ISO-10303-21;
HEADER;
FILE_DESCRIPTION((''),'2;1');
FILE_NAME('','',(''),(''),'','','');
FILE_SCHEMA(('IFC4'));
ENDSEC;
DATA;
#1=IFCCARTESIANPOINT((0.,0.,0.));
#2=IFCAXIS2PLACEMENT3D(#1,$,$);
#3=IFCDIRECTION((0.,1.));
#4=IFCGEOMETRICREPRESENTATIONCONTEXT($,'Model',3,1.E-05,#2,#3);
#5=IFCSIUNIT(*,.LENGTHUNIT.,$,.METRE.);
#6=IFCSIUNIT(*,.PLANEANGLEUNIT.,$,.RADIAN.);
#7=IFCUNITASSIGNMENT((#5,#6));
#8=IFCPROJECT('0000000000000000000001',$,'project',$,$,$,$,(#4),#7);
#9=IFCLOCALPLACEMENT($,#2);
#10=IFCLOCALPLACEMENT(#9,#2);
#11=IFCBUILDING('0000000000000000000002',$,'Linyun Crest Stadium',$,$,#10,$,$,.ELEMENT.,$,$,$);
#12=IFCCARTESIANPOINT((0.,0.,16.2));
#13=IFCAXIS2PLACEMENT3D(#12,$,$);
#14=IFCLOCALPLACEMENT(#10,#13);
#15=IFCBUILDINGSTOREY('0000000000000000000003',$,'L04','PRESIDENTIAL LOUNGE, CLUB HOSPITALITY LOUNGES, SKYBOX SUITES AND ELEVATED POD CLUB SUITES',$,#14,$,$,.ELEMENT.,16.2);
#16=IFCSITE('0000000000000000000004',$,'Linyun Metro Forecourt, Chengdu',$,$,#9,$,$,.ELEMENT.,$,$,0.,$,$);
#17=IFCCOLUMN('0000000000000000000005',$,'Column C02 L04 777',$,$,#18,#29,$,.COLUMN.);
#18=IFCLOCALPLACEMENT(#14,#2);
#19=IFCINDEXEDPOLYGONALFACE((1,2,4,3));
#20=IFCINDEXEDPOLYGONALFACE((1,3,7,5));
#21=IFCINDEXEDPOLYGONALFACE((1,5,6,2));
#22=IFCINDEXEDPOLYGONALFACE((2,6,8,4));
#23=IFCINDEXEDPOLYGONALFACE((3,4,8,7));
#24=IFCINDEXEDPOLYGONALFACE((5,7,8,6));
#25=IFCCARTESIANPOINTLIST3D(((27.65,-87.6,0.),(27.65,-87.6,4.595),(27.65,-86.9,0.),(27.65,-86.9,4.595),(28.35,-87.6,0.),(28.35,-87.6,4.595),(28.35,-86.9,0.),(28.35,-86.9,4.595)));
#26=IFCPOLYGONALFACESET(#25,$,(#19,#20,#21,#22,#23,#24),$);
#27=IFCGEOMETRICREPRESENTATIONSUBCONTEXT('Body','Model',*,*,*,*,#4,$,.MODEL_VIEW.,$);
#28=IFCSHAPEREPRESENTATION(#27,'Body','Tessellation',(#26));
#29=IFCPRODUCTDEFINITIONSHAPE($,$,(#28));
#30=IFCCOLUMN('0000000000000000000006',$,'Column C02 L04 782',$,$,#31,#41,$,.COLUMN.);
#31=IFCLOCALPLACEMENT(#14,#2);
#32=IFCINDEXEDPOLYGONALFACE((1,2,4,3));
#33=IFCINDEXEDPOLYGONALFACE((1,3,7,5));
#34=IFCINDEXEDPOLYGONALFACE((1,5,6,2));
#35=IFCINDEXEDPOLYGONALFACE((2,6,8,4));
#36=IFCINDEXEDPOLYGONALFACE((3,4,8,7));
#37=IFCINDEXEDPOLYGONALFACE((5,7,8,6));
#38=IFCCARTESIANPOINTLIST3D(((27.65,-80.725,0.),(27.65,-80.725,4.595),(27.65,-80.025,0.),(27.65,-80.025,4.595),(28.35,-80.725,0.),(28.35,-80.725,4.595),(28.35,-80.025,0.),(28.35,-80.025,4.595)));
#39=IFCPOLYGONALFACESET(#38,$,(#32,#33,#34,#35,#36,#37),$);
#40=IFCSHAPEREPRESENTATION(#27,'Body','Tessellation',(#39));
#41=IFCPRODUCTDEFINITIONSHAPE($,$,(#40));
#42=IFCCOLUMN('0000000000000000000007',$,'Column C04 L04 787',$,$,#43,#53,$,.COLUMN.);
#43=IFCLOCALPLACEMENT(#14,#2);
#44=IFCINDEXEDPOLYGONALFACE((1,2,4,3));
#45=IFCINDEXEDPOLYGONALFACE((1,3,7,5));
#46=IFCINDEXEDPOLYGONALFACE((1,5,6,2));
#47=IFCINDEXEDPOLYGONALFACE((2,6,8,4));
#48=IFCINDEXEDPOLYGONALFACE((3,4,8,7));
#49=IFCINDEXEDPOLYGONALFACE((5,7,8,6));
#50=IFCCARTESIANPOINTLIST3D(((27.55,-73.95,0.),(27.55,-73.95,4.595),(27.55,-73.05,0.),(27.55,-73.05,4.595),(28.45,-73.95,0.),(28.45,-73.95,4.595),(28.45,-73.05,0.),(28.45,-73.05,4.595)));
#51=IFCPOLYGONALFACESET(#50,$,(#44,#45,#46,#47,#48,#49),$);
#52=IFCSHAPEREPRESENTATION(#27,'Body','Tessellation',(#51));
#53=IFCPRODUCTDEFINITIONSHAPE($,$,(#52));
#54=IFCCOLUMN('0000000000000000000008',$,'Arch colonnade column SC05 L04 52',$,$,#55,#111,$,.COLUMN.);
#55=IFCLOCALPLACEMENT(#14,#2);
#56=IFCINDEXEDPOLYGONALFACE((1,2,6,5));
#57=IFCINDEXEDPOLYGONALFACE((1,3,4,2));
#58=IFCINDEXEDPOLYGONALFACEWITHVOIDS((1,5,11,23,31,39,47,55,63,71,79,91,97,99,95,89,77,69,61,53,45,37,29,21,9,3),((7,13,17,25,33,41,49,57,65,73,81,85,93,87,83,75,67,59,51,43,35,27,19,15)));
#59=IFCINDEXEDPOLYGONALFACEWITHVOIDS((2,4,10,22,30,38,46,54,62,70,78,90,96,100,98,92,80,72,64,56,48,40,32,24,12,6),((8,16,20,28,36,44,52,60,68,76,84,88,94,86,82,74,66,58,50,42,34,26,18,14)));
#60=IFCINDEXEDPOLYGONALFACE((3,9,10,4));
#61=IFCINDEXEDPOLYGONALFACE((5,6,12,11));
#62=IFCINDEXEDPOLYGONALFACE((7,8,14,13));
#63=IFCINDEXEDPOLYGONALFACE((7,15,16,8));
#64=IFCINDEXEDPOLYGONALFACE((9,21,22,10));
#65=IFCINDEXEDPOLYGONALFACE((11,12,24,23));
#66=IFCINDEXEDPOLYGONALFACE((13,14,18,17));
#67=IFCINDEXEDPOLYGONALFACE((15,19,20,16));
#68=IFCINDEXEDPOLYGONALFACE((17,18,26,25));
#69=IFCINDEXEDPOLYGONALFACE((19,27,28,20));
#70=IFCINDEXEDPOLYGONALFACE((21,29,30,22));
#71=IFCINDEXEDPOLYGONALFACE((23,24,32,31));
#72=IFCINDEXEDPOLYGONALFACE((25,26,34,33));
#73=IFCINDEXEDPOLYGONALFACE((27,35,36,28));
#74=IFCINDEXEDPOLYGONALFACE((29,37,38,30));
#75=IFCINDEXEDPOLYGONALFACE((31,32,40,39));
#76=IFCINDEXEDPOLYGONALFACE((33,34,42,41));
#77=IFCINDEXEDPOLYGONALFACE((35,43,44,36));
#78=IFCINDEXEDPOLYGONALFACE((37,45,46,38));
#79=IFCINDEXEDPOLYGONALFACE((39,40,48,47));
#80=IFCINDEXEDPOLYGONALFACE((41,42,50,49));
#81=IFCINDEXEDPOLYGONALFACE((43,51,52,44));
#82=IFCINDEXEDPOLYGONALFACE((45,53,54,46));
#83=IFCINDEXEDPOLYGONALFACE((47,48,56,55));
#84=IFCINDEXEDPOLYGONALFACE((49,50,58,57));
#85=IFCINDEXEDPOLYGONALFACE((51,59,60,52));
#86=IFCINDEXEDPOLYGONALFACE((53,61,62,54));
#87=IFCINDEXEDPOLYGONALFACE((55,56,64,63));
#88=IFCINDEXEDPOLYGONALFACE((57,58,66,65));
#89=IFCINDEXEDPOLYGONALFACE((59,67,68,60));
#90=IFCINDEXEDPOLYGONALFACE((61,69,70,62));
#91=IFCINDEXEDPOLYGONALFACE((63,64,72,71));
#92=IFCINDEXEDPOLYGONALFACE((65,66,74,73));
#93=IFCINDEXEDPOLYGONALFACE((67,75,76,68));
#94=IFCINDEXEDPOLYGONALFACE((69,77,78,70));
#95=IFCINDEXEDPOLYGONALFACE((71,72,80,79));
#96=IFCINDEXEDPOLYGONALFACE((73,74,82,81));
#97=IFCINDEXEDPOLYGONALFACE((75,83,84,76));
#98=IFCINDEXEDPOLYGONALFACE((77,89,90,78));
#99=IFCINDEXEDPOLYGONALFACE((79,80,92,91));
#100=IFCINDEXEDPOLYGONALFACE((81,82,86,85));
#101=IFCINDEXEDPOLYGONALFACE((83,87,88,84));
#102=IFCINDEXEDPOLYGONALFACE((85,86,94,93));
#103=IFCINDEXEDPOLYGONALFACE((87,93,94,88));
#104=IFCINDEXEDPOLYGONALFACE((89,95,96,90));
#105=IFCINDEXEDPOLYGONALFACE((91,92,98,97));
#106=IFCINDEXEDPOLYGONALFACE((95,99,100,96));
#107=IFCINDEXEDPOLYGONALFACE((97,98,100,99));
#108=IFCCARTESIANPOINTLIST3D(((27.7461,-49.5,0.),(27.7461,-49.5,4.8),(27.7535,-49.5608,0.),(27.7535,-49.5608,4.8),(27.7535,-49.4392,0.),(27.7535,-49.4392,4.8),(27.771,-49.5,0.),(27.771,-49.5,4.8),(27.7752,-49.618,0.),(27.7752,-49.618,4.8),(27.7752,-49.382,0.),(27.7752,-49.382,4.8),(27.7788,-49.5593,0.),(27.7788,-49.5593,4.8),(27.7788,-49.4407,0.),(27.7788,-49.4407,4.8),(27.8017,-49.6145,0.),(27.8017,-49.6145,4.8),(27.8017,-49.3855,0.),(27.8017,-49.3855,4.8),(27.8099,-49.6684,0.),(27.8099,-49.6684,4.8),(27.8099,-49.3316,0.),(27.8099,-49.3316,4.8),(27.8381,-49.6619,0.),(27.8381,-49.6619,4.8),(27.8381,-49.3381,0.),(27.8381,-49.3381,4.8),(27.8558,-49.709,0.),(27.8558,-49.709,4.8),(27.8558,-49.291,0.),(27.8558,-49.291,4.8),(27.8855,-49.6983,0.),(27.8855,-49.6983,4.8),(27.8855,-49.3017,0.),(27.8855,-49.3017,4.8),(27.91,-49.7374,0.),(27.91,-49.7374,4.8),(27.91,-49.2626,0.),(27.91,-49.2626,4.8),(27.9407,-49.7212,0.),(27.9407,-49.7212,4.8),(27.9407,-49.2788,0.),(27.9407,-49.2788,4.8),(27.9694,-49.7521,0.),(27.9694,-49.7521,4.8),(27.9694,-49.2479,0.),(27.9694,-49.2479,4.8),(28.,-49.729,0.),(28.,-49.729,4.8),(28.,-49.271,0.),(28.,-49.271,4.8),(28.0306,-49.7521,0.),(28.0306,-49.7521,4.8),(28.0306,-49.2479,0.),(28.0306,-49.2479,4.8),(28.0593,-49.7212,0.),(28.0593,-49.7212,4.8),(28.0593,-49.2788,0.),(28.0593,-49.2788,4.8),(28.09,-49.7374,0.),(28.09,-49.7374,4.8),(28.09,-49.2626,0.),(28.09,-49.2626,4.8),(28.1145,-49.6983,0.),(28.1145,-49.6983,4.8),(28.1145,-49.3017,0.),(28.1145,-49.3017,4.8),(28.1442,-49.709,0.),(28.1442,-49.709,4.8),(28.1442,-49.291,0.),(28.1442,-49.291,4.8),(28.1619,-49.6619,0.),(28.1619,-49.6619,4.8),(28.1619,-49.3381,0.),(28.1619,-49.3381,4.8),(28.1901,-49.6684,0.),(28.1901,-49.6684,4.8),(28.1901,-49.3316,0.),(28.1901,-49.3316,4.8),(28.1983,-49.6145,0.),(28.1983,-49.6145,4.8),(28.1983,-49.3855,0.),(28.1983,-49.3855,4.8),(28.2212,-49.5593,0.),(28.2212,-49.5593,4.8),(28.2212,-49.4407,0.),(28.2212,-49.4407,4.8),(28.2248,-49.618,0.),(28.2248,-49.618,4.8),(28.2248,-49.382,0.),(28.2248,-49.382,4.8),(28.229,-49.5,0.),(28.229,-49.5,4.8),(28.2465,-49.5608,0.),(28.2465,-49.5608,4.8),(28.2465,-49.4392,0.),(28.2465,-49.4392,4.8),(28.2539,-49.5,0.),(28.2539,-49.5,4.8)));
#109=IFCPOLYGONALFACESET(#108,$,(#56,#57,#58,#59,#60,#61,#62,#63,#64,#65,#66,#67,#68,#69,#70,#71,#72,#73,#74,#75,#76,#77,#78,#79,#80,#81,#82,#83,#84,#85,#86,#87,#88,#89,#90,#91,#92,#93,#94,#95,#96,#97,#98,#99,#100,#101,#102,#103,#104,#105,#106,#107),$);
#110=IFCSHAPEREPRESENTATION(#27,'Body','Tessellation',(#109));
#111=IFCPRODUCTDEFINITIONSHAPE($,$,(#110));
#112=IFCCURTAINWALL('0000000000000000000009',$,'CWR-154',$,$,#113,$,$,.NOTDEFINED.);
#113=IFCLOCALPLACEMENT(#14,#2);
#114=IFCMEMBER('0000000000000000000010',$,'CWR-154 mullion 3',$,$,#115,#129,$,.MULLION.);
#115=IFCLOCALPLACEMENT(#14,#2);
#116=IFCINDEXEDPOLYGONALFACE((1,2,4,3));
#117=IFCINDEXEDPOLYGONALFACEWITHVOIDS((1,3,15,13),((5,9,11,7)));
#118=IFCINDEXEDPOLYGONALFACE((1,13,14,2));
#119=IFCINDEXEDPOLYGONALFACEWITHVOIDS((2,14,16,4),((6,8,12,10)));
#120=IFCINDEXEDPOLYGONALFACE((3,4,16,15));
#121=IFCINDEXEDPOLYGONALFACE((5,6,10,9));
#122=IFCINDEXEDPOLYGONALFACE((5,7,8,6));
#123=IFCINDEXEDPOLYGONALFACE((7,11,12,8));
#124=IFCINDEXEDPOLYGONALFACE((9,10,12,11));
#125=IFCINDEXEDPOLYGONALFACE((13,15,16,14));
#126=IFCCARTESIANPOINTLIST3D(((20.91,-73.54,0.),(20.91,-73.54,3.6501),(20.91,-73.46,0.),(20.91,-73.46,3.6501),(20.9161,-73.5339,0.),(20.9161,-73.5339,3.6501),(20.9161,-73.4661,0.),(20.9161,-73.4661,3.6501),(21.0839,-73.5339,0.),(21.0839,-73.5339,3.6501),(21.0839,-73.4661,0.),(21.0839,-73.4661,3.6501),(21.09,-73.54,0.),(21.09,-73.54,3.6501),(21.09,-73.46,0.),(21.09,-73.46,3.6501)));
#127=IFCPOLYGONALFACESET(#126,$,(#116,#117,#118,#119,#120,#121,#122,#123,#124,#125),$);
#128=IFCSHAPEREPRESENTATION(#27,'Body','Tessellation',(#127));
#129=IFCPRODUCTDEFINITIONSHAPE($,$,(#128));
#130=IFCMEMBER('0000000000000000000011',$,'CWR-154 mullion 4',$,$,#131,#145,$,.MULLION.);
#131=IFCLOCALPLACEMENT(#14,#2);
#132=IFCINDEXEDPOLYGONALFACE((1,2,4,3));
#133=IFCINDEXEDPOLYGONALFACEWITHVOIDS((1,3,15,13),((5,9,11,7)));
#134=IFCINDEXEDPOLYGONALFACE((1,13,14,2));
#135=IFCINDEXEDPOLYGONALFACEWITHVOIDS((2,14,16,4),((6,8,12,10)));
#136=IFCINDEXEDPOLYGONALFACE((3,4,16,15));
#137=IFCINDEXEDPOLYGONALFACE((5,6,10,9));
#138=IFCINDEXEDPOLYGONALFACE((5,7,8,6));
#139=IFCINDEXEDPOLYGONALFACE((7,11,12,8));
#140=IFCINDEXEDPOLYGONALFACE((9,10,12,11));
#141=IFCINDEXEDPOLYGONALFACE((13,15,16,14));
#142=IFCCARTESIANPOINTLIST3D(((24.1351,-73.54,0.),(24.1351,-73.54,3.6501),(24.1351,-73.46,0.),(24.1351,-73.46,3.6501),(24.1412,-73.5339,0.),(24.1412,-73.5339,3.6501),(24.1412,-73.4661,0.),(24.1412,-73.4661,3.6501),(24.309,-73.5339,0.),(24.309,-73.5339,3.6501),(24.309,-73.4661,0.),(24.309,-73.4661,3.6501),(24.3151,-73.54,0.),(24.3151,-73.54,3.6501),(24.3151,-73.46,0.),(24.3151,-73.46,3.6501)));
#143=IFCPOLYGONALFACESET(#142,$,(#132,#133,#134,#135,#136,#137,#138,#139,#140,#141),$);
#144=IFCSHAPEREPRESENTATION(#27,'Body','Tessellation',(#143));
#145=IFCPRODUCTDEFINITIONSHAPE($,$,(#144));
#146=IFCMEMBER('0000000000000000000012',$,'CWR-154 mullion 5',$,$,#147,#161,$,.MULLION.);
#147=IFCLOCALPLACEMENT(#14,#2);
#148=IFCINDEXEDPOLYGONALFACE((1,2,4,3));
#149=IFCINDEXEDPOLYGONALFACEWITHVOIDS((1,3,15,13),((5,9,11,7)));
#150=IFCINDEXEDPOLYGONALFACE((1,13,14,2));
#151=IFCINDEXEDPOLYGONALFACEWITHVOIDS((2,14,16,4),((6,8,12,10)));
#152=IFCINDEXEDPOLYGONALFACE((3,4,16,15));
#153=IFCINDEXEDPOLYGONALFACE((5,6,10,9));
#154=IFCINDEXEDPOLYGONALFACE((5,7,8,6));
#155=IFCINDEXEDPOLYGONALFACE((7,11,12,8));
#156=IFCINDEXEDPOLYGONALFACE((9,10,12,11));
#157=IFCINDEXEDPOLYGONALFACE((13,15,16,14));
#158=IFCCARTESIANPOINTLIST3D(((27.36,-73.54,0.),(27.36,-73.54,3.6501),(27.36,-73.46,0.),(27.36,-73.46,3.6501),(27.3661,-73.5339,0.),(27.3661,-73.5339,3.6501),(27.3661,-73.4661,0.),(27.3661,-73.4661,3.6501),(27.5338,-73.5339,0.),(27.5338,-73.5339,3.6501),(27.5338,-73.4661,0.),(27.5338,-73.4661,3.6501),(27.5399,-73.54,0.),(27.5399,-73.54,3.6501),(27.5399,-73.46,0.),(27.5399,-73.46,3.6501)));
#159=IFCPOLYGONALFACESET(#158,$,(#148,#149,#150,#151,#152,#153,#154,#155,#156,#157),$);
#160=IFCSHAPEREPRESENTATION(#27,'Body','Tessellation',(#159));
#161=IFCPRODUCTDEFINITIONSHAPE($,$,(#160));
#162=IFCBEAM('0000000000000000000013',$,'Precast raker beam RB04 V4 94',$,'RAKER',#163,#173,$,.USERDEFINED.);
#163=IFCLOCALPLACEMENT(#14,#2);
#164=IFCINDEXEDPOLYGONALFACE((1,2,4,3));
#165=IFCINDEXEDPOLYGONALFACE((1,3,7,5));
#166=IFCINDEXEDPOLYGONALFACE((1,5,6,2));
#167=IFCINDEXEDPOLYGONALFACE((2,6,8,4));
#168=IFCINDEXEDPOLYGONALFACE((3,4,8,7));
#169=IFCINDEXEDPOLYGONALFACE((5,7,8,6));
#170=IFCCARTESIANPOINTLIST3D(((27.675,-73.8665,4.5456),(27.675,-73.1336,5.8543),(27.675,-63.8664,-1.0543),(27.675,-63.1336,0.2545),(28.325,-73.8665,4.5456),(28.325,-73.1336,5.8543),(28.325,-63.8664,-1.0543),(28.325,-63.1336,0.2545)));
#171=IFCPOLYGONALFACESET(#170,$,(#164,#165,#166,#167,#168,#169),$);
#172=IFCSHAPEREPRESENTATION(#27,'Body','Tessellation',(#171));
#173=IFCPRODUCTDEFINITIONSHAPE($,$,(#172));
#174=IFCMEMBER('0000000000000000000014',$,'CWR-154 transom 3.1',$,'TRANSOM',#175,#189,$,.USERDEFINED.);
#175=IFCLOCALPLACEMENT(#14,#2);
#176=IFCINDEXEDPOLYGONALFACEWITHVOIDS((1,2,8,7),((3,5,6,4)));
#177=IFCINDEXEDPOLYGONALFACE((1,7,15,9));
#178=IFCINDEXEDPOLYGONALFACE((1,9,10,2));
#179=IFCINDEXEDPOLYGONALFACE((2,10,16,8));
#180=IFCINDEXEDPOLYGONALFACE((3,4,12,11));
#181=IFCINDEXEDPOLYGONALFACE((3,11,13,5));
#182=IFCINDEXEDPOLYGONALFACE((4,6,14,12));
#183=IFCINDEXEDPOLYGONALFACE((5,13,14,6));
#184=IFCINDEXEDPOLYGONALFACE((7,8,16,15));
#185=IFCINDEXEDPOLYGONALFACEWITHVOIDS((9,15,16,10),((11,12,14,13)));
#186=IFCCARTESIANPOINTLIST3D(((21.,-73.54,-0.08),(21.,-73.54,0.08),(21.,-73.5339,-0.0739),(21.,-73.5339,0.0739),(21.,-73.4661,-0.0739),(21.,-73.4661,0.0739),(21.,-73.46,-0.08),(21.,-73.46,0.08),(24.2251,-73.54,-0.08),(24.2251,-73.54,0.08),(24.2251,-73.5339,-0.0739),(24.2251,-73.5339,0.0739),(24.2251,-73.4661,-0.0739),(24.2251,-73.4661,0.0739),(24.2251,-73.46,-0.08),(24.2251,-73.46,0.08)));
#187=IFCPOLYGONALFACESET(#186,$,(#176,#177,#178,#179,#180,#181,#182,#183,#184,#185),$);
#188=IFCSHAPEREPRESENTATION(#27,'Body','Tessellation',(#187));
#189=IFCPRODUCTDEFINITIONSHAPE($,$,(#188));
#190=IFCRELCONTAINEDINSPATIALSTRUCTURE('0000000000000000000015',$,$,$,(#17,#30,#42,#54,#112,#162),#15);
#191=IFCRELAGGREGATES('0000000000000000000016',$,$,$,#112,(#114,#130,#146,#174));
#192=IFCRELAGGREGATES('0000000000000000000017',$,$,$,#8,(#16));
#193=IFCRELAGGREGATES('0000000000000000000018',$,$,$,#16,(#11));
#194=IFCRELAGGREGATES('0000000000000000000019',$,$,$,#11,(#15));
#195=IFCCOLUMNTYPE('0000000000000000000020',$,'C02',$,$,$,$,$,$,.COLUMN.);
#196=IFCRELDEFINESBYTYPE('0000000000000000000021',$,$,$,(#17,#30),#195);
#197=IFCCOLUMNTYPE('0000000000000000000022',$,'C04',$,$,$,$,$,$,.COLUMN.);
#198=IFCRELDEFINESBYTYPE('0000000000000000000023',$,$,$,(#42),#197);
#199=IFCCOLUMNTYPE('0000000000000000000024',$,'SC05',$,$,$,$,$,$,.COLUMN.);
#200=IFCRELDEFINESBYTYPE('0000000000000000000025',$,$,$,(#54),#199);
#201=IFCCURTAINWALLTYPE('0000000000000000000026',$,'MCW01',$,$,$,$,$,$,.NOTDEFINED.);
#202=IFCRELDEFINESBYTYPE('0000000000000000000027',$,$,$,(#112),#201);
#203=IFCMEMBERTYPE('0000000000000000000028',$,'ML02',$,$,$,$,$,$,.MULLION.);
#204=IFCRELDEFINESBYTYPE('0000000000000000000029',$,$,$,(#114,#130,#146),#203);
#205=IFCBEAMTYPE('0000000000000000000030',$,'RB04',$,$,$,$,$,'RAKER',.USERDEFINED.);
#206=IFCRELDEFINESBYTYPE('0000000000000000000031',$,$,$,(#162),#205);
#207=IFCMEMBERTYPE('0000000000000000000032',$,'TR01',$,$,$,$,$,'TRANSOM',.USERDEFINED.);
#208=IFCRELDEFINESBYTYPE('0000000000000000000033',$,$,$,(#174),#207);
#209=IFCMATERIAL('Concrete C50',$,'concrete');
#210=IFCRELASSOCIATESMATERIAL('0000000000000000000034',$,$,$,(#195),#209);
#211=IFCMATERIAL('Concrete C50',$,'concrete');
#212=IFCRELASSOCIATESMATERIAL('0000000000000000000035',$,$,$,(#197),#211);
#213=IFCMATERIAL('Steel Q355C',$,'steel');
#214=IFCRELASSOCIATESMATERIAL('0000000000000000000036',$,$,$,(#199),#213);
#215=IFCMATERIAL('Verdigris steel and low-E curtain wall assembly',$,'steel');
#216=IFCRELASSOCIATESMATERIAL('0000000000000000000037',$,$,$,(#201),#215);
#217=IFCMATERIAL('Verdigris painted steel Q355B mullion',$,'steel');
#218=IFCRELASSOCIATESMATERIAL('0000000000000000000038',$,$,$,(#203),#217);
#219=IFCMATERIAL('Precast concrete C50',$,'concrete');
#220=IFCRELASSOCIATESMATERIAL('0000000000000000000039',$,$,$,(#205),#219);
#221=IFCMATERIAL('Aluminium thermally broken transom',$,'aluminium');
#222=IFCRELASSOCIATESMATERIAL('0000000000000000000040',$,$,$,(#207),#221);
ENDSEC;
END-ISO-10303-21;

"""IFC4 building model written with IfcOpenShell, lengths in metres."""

from ifc_helpers import new_model, si_unit, direction, frame, origin, origin_2d, place, context, subcontext, project, spatial, rectangle, hollow_rectangle, hollow_circle, extrude, material, material_profile, profile_set, type_object, element, aggregate, save


model = new_model("IFC4")

# Units and contexts
model_context = context("Model", 3, precision=1e-05, world=origin(), true_north=direction((0.0, 1.0)))
body_context = subcontext(model_context, "Body", "Model", "MODEL_VIEW")
ifc_project = project(units=[si_unit("LENGTHUNIT", "METRE"), si_unit("PLANEANGLEUNIT", "RADIAN")], contexts=[model_context])

# Site, building, storey
site_placement = place(None, origin())
site = spatial("IfcSite", under=ifc_project, at=site_placement, Name="Linyun Metro Forecourt, Chengdu", CompositionType="ELEMENT", RefElevation=0.0)
building_placement = place(site_placement, origin())
building = spatial("IfcBuilding", under=site, at=building_placement, Name="Linyun Crest Stadium", CompositionType="ELEMENT")
storey_placement = place(building_placement, frame((0.0, 0.0, 16.2)))
storey = spatial("IfcBuildingStorey", under=building, at=storey_placement, Name="L04", Description="PRESIDENTIAL LOUNGE, CLUB HOSPITALITY LOUNGES, SKYBOX SUITES AND ELEVATED POD CLUB SUITES", CompositionType="ELEMENT", Elevation=16.2)

# Columns
ifc_material_1 = material(Name="Concrete C50", Category="concrete")
ifc_material_profile_1 = material_profile(ifc_material_1, rectangle(XDim=0.7, YDim=0.7, at=origin_2d()), Name="RC 700x700")
ifc_profile_set_1 = profile_set([ifc_material_profile_1], Name="Concrete C50")
column_type_1 = type_object("IfcColumnType", Name="C02", PredefinedType="COLUMN", material=ifc_profile_set_1)
for number, where, z_axis, x_axis, name in (
    (1, (28.0, -87.25, 0.0), (0.0, 0.0, 1.0), (1.0, 0.0, 0.0), "Column C02 L04 777"),
    (2, (28.0, -80.375, 0.0), (0.0, 0.0, 1.0), (1.0, 0.0, 0.0), "Column C02 L04 782"),
):
    element("IfcColumn", number, at=place(storey_placement, frame(where, z_axis=z_axis, x_axis=x_axis)), inside=storey, type_object=column_type_1, Name=name, PredefinedType="COLUMN", context=body_context, shape_type="SweptSolid", body=[
        extrude(rectangle(XDim=0.7, YDim=0.7, at=origin_2d()), origin(), (0.0, 0.0, 1.0), 4.595),
    ])
ifc_material_2 = material(Name="Concrete C50", Category="concrete")
ifc_material_profile_2 = material_profile(ifc_material_2, rectangle(XDim=0.8999, YDim=0.8999, at=origin_2d()), Name="RC 900x900")
ifc_profile_set_2 = profile_set([ifc_material_profile_2], Name="Concrete C50")
column_type_2 = type_object("IfcColumnType", Name="C04", PredefinedType="COLUMN", material=ifc_profile_set_2)
column_1_placement = place(storey_placement, frame((28.0, -73.5, 0.0), z_axis=(0.0, 0.0, 1.0), x_axis=(1.0, 0.0, 0.0)))
element("IfcColumn", 3, at=column_1_placement, inside=storey, type_object=column_type_2, Name="Column C04 L04 787", PredefinedType="COLUMN", context=body_context, shape_type="SweptSolid", body=[
    extrude(rectangle(XDim=0.8999, YDim=0.8999, at=origin_2d()), origin(), (0.0, 0.0, 1.0), 4.595),
])
ifc_material_3 = material(Name="Steel Q355C", Category="steel")
ifc_material_profile_3 = material_profile(ifc_material_3, hollow_circle(Radius=0.2539, WallThickness=0.0249, at=origin_2d()), Name="CHS 508x25")
ifc_profile_set_3 = profile_set([ifc_material_profile_3], Name="Steel Q355C")
column_type_3 = type_object("IfcColumnType", Name="SC05", PredefinedType="COLUMN", material=ifc_profile_set_3)
column_2_placement = place(storey_placement, frame((28.0, -49.5, 0.0), z_axis=(0.0, 0.0, 1.0), x_axis=(1.0, 0.0, 0.0)))
element("IfcColumn", 4, at=column_2_placement, inside=storey, type_object=column_type_3, Name="Arch colonnade column SC05 L04 52", PredefinedType="COLUMN", context=body_context, shape_type="SweptSolid", body=[
    extrude(hollow_circle(Radius=0.2539, WallThickness=0.0249, at=origin_2d()), origin(), (0.0, 0.0, 1.0), 4.8),
])

# Curtain wall, members
ifc_material_4 = material(Name="Verdigris steel and low-E curtain wall assembly", Category="steel")
curtain_wall_type = type_object("IfcCurtainWallType", Name="MCW01", PredefinedType="NOTDEFINED", material=ifc_material_4)
curtain_wall_placement = place(storey_placement, origin())
curtain_wall = element("IfcCurtainWall", 5, at=curtain_wall_placement, inside=storey, type_object=curtain_wall_type, Name="CWR-154", PredefinedType="NOTDEFINED")
ifc_material_5 = material(Name="Verdigris painted steel Q355B mullion", Category="steel")
ifc_material_profile_4 = material_profile(ifc_material_5, hollow_rectangle(XDim=0.0801, YDim=0.1799, WallThickness=0.0061, at=origin_2d()), Name="RHS 180x80x6")
ifc_profile_set_4 = profile_set([ifc_material_profile_4], Name="Verdigris painted steel Q355B mullion")
member_type_1 = type_object("IfcMemberType", Name="ML02", PredefinedType="MULLION", material=ifc_profile_set_4)
member_1_placement = place(storey_placement, frame((21.0, -73.5, 0.0), z_axis=(0.0, 0.0, 1.0), x_axis=(0.0, 1.0, 0.0)))
member_1 = element("IfcMember", 6, at=member_1_placement, type_object=member_type_1, Name="CWR-154 mullion 3", PredefinedType="MULLION", context=body_context, shape_type="SweptSolid", body=[
    extrude(hollow_rectangle(XDim=0.0801, YDim=0.1799, WallThickness=0.0061, at=origin_2d()), origin(), (0.0, 0.0, 1.0), 3.6501),
])
member_2_placement = place(storey_placement, frame((24.2251, -73.5, 0.0), z_axis=(0.0, 0.0, 1.0), x_axis=(0.0, 1.0, 0.0)))
member_2 = element("IfcMember", 7, at=member_2_placement, type_object=member_type_1, Name="CWR-154 mullion 4", PredefinedType="MULLION", context=body_context, shape_type="SweptSolid", body=[
    extrude(hollow_rectangle(XDim=0.0801, YDim=0.1799, WallThickness=0.0061, at=origin_2d()), origin(), (0.0, 0.0, 1.0), 3.6501),
])
member_3_placement = place(storey_placement, frame((27.45, -73.5, 0.0), z_axis=(0.0, 0.0, 1.0), x_axis=(0.0, 1.0, 0.0)))
member_3 = element("IfcMember", 8, at=member_3_placement, type_object=member_type_1, Name="CWR-154 mullion 5", PredefinedType="MULLION", context=body_context, shape_type="SweptSolid", body=[
    extrude(hollow_rectangle(XDim=0.0801, YDim=0.1799, WallThickness=0.0061, at=origin_2d()), origin(), (0.0, 0.0, 1.0), 3.6501),
])

# Beam
ifc_material_6 = material(Name="Precast concrete C50", Category="concrete")
ifc_material_profile_5 = material_profile(ifc_material_6, rectangle(XDim=0.6499, YDim=1.5, at=origin_2d()), Name="PCR 1500x650")
ifc_profile_set_5 = profile_set([ifc_material_profile_5], Name="Precast concrete C50")
beam_type = type_object("IfcBeamType", Name="RB04", ElementType="RAKER", PredefinedType="USERDEFINED", material=ifc_profile_set_5)
beam_placement = place(storey_placement, frame((28.0, -63.5, -0.3999), z_axis=(0.0, -0.872511, 0.488594), x_axis=(1.0, 0.0, 0.0)))
element("IfcBeam", 9, at=beam_placement, inside=storey, type_object=beam_type, Name="Precast raker beam RB04 V4 94", ObjectType="RAKER", PredefinedType="USERDEFINED", context=body_context, shape_type="SweptSolid", body=[
    extrude(rectangle(XDim=0.6499, YDim=1.5, at=origin_2d()), origin(), (0.0, 0.0, 1.0), 11.4612),
])

# Member
ifc_material_7 = material(Name="Aluminium thermally broken transom", Category="aluminium")
ifc_material_profile_6 = material_profile(ifc_material_7, hollow_rectangle(XDim=0.0801, YDim=0.1599, WallThickness=0.0061, at=origin_2d()), Name="RHS 160x80x6")
ifc_profile_set_6 = profile_set([ifc_material_profile_6], Name="Aluminium thermally broken transom")
member_type_2 = type_object("IfcMemberType", Name="TR01", ElementType="TRANSOM", PredefinedType="USERDEFINED", material=ifc_profile_set_6)
member_4_placement = place(storey_placement, frame((21.0, -73.5, 0.0), z_axis=(1.0, 0.0, 0.0), x_axis=(0.0, 1.0, 0.0)))
member_4 = element("IfcMember", 10, at=member_4_placement, type_object=member_type_2, Name="CWR-154 transom 3.1", ObjectType="TRANSOM", PredefinedType="USERDEFINED", context=body_context, shape_type="SweptSolid", body=[
    extrude(hollow_rectangle(XDim=0.0801, YDim=0.1599, WallThickness=0.0061, at=origin_2d()), origin(), (0.0, 0.0, 1.0), 3.2251),
])

aggregate(curtain_wall, [member_1, member_2, member_3, member_4])

save(model, "model.ifc")
